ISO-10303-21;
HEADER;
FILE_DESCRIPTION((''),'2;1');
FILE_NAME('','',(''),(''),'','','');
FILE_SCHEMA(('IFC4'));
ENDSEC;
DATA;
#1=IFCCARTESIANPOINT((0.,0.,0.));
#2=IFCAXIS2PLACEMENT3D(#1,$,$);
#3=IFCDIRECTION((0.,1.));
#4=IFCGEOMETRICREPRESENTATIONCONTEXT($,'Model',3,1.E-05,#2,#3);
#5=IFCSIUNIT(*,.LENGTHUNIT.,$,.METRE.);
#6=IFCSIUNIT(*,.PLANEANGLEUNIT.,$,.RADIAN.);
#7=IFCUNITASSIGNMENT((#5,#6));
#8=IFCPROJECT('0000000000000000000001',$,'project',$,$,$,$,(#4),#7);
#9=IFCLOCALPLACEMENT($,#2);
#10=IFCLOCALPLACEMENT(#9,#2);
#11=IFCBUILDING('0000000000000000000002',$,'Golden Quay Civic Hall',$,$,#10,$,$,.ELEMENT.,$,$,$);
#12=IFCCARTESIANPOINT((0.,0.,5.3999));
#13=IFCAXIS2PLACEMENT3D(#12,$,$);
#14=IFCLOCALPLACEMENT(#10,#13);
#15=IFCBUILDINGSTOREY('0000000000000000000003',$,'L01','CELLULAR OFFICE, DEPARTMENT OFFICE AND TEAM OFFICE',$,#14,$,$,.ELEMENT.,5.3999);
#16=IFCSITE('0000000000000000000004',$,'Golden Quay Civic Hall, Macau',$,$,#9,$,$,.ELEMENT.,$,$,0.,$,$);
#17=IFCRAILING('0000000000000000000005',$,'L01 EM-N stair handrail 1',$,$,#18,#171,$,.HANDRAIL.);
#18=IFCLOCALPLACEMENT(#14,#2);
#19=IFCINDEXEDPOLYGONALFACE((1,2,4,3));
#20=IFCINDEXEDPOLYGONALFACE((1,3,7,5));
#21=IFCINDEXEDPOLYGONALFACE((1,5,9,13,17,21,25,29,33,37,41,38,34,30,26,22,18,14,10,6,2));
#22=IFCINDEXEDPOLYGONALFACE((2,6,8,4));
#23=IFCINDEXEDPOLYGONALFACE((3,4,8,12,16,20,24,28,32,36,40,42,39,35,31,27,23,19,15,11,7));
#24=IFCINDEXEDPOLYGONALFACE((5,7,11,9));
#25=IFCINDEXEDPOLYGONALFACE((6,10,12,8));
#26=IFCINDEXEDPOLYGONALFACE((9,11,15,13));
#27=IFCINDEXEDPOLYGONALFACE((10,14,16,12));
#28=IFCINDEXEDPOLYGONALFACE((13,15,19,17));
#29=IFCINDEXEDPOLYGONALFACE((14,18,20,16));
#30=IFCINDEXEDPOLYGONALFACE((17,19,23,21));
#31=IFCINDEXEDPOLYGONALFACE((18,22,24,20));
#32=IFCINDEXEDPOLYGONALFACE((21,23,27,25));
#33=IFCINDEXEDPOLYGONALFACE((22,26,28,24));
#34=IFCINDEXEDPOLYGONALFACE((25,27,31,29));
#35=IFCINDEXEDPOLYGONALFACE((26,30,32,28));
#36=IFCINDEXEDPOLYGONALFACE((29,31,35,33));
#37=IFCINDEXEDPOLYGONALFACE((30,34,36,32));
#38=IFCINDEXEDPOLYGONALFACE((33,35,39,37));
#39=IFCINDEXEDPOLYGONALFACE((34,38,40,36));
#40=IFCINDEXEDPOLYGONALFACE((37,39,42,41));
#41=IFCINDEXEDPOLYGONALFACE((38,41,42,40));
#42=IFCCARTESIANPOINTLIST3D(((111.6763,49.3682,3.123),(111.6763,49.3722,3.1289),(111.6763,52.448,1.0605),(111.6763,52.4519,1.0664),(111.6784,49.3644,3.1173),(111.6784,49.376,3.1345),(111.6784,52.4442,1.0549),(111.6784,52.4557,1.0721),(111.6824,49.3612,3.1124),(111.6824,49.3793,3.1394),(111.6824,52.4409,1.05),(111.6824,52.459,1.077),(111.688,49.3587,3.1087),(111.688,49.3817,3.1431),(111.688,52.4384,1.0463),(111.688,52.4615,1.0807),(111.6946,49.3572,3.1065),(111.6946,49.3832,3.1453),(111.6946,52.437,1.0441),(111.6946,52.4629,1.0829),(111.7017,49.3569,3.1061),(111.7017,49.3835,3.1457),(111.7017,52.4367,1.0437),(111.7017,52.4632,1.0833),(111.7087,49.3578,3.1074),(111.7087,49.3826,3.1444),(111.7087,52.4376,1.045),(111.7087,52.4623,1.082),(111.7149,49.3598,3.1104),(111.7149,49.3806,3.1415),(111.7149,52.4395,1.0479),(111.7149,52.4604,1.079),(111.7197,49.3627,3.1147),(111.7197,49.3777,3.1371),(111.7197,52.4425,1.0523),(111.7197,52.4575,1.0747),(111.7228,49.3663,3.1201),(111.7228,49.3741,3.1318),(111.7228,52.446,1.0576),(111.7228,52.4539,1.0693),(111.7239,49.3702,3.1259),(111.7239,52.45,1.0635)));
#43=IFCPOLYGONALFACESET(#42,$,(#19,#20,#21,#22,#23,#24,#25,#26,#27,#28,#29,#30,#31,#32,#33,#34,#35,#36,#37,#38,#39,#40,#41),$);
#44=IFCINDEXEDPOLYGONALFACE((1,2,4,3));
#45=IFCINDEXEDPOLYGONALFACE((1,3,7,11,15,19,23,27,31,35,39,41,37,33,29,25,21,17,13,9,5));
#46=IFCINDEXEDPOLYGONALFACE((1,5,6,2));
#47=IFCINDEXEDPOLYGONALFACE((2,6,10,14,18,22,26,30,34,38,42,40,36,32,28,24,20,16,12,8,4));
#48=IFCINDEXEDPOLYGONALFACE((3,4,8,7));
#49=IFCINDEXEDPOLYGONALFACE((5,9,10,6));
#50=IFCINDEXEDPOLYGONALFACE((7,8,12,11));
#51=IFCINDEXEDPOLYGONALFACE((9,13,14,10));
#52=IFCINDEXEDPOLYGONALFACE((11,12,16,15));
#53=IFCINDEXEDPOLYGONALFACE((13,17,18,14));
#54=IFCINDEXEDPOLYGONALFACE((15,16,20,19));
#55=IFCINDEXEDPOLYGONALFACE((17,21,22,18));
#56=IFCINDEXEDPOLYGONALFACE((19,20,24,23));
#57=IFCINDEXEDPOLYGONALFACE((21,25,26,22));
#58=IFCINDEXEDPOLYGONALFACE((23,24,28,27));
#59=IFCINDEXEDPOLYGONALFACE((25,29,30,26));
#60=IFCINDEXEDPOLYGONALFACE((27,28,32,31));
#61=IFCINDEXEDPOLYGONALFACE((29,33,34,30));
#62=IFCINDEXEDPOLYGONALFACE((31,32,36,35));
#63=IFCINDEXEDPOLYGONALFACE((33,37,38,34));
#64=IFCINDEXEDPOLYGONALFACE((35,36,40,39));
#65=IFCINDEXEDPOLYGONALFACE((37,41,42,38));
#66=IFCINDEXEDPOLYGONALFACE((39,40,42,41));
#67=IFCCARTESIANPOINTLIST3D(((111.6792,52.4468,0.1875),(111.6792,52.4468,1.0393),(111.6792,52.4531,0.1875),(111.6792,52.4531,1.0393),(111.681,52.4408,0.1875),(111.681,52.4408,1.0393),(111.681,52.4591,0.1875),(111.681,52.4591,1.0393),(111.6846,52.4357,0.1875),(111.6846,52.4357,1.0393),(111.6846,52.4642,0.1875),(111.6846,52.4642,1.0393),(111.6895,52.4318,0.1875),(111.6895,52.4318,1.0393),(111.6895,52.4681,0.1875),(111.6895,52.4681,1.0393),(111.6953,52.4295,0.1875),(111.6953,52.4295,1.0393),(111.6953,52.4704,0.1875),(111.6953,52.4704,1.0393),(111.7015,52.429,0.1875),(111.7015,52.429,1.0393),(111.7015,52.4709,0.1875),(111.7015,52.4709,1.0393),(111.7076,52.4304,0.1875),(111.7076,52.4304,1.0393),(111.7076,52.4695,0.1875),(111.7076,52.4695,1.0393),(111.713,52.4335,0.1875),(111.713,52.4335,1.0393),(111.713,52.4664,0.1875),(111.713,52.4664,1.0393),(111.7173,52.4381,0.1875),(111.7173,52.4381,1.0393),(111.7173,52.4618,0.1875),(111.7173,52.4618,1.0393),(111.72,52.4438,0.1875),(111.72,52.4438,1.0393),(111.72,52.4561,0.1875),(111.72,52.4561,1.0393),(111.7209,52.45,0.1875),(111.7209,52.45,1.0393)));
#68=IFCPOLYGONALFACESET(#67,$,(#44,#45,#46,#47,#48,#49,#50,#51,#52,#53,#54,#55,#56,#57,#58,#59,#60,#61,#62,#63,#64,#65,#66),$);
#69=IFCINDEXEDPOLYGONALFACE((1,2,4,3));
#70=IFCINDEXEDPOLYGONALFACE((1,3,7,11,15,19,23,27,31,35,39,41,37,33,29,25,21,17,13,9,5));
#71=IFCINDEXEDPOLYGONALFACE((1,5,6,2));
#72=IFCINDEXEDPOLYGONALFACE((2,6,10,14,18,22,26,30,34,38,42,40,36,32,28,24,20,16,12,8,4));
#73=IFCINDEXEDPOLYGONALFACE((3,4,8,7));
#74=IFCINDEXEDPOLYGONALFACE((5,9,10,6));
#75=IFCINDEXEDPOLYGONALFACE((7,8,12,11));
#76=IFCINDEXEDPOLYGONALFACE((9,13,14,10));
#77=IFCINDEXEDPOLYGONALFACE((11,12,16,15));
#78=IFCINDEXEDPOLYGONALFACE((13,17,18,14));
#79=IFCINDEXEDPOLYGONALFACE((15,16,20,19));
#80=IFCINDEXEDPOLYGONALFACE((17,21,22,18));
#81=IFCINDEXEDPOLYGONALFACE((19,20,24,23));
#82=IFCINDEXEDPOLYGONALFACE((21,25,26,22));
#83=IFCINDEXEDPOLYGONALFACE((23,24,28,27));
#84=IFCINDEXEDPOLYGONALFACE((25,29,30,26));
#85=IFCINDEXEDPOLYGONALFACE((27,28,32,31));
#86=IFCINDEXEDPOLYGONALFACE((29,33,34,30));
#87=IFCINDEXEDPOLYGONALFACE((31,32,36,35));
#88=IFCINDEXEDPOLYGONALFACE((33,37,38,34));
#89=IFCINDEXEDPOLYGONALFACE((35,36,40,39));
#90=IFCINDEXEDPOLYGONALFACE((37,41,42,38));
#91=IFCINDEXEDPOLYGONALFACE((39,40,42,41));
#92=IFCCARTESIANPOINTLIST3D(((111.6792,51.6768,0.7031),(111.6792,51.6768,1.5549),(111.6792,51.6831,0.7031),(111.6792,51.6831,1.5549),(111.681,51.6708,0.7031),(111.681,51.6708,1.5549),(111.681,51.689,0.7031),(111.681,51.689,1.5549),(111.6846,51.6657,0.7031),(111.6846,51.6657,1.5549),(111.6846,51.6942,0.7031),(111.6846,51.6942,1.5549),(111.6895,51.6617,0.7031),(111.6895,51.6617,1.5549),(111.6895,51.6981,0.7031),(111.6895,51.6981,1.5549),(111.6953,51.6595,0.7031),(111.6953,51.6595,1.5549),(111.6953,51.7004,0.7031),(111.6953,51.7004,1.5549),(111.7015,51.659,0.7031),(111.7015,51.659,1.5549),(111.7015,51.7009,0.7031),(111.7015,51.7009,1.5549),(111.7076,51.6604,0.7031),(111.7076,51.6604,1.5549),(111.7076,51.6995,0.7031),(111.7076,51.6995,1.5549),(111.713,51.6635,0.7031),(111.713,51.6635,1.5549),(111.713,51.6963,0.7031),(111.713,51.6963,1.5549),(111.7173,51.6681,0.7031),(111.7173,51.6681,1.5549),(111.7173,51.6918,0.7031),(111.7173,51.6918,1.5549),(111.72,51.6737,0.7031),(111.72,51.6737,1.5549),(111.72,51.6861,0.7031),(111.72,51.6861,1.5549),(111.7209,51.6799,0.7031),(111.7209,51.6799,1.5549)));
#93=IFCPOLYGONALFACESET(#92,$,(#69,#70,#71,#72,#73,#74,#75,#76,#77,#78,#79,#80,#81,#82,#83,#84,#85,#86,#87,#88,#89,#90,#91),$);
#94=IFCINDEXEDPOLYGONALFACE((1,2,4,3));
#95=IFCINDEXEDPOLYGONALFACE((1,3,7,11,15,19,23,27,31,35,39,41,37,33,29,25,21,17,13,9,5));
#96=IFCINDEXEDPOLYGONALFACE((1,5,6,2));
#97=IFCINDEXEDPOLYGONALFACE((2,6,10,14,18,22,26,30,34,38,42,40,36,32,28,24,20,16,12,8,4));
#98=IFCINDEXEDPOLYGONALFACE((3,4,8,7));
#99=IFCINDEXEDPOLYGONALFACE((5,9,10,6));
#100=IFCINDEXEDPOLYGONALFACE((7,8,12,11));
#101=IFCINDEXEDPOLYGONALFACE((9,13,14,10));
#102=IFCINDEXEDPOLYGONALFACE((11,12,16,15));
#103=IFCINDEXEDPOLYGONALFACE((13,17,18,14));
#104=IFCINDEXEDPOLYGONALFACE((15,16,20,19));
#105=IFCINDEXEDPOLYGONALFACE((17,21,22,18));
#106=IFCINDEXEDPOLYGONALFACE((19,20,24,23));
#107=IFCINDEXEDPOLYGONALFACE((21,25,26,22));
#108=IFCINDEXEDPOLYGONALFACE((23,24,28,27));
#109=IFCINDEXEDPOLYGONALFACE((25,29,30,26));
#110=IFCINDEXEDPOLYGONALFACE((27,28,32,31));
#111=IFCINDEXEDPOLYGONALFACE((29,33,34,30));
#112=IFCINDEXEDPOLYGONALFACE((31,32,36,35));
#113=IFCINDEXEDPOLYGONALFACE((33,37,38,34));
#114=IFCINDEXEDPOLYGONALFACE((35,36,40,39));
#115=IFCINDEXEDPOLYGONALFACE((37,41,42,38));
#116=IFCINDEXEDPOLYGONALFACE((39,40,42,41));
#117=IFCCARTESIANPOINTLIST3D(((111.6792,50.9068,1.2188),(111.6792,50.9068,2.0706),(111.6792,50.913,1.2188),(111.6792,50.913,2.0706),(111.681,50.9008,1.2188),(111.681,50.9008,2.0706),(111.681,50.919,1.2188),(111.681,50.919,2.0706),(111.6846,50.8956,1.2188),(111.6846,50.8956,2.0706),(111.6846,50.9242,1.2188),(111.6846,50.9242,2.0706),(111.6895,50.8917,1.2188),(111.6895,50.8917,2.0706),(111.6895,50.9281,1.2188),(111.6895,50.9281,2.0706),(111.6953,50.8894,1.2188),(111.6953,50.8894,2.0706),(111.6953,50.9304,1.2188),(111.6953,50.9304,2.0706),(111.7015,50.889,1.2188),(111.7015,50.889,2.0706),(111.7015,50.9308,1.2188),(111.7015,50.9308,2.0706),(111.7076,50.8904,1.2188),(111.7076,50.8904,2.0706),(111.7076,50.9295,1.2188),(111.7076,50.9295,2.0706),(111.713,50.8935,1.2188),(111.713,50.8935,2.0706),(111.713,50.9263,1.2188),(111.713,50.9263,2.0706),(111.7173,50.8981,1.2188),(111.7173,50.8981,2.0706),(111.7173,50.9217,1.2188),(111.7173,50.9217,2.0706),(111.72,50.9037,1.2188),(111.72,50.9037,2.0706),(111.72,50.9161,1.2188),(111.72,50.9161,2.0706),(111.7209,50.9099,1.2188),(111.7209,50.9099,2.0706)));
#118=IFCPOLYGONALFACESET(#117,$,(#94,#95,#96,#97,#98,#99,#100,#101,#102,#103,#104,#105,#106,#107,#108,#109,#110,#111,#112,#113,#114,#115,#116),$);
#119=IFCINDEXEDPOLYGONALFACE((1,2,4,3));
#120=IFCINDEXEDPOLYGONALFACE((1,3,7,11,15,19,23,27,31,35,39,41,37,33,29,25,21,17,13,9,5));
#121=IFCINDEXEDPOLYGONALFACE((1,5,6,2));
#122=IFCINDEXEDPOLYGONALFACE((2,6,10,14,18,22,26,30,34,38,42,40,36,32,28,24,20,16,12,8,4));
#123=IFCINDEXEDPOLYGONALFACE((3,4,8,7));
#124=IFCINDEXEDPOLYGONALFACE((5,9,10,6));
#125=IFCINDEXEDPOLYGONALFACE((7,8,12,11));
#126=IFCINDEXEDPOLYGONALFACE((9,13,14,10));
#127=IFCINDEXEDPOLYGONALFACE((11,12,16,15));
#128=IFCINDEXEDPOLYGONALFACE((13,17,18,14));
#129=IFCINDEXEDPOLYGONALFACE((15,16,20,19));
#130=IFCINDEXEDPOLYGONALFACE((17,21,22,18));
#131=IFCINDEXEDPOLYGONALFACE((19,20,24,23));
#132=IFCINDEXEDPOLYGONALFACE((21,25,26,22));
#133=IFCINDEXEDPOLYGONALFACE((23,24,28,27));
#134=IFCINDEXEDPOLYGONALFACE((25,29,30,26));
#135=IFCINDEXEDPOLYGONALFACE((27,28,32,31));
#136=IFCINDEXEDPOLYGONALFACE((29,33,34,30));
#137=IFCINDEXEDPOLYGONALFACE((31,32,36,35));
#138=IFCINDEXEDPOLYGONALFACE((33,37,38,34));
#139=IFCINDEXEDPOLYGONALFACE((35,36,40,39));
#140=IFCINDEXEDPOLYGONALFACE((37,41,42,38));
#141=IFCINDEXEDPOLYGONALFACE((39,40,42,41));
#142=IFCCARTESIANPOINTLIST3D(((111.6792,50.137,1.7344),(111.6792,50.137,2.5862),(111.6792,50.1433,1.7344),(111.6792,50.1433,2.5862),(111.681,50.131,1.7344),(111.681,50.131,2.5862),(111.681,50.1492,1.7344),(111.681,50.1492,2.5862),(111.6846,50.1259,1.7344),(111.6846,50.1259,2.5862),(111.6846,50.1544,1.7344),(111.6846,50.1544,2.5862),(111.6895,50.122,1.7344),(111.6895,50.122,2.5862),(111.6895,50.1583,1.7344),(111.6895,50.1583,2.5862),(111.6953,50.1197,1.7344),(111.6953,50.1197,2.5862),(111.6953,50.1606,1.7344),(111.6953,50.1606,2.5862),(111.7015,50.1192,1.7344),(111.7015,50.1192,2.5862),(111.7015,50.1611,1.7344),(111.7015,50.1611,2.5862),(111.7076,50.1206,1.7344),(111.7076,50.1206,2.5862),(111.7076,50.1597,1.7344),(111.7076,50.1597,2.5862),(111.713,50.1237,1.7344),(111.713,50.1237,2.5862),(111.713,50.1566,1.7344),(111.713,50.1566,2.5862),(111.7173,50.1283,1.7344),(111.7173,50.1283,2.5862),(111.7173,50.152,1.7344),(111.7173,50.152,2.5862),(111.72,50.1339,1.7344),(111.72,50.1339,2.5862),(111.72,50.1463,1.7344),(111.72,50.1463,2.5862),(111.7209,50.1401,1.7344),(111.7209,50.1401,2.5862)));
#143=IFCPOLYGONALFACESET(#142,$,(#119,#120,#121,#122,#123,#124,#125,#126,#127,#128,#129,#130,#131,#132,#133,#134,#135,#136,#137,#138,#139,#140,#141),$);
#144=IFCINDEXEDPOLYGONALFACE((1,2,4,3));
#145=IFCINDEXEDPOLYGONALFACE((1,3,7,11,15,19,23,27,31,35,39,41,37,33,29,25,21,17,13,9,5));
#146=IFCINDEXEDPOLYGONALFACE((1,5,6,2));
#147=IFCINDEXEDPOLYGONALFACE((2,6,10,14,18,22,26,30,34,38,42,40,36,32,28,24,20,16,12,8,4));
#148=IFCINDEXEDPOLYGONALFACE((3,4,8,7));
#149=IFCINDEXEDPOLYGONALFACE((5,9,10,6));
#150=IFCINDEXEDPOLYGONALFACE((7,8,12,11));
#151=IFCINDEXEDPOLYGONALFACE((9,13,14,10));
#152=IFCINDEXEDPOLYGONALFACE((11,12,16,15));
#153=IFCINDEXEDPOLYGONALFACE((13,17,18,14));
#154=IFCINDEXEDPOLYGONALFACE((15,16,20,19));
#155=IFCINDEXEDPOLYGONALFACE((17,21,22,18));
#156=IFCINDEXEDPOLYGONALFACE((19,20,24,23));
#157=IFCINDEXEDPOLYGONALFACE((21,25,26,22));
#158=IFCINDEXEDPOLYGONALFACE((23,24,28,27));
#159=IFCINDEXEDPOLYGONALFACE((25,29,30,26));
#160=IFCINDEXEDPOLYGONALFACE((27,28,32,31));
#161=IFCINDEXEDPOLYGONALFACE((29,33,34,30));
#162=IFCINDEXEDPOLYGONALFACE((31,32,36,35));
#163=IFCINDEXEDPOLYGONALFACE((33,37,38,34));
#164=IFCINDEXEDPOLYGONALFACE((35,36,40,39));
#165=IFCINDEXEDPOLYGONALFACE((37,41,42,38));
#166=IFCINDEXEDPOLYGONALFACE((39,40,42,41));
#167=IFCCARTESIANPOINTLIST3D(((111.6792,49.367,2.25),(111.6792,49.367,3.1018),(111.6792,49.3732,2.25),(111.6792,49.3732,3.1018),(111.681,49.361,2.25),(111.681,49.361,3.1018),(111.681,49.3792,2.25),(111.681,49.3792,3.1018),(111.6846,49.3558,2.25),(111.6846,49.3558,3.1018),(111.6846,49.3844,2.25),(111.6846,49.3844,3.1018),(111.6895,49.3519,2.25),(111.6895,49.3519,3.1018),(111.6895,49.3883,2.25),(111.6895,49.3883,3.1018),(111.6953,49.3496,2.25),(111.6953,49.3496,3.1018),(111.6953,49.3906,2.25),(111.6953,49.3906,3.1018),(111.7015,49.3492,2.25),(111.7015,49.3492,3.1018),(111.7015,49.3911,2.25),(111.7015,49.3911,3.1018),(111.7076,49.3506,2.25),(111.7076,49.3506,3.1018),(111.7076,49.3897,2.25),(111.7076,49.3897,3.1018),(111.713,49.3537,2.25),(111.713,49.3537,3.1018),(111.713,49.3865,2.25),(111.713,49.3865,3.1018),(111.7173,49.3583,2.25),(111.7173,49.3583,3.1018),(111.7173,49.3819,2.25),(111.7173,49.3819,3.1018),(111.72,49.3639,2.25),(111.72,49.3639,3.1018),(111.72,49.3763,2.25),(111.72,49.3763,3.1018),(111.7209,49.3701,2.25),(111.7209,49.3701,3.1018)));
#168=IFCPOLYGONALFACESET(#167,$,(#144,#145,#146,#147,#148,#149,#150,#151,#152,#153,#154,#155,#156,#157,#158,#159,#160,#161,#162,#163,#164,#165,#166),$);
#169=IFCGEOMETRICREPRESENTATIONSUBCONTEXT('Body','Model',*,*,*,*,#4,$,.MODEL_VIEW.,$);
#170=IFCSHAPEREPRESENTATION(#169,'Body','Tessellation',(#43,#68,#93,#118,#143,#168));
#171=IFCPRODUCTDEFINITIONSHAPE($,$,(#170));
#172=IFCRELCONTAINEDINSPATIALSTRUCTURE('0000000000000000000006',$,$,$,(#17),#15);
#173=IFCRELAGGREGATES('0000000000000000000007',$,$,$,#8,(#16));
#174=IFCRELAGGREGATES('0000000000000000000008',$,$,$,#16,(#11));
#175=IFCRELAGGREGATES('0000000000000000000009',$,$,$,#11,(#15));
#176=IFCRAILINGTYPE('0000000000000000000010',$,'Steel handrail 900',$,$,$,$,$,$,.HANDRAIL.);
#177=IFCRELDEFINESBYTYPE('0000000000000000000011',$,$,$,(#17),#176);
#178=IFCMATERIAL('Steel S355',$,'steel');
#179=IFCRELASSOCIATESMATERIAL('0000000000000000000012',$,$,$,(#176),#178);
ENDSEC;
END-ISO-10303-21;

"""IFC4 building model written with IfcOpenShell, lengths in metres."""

from ifc_helpers import new_model, si_unit, direction, frame, origin, origin_2d, place, context, subcontext, project, spatial, circle, extrude, material, type_object, element, save


model = new_model("IFC4")

# Units and contexts
model_context = context("Model", 3, precision=1e-05, world=origin(), true_north=direction((0.0, 1.0)))
body_context = subcontext(model_context, "Body", "Model", "MODEL_VIEW")
ifc_project = project(units=[si_unit("LENGTHUNIT", "METRE"), si_unit("PLANEANGLEUNIT", "RADIAN")], contexts=[model_context])

# Site, building, storey
site_placement = place(None, origin())
site = spatial("IfcSite", under=ifc_project, at=site_placement, Name="Golden Quay Civic Hall, Macau", CompositionType="ELEMENT", RefElevation=0.0)
building_placement = place(site_placement, origin())
building = spatial("IfcBuilding", under=site, at=building_placement, Name="Golden Quay Civic Hall", CompositionType="ELEMENT")
storey_placement = place(building_placement, frame((0.0, 0.0, 5.3999)))
storey = spatial("IfcBuildingStorey", under=building, at=storey_placement, Name="L01", Description="CELLULAR OFFICE, DEPARTMENT OFFICE AND TEAM OFFICE", CompositionType="ELEMENT", Elevation=5.3999)

# Railing
ifc_material_1 = material(Name="Steel S355", Category="steel")
railing_type_1 = type_object("IfcRailingType", Name="Steel handrail 900", PredefinedType="HANDRAIL", material=ifc_material_1)
railing_1_placement = place(storey_placement, frame((111.7, 52.45, 0.1875)))
element("IfcRailing", 1, at=railing_1_placement, inside=storey, type_object=railing_type_1, Name="L01 EM-N stair handrail 1", PredefinedType="HANDRAIL", context=body_context, shape_type="SweptSolid", body=[
    extrude(circle(Radius=0.0239, at=origin_2d()), frame((0.0, 0.0, 0.876), z_axis=(0.0, -0.830893, 0.556432), x_axis=(1.0, 0.0, 0.0)), (0.0, 0.0, 1.0), 3.7065),
    extrude(circle(Radius=0.021, at=origin_2d()), origin(), (0.0, 0.0, 1.0), 0.8518),
    extrude(circle(Radius=0.021, at=origin_2d()), frame((0.0, -0.77, 0.5156)), (0.0, 0.0, 1.0), 0.8518),
    extrude(circle(Radius=0.021, at=origin_2d()), frame((0.0, -1.54, 1.0312)), (0.0, 0.0, 1.0), 0.8518),
    extrude(circle(Radius=0.021, at=origin_2d()), frame((0.0, -2.3098, 1.5469)), (0.0, 0.0, 1.0), 0.8518),
    extrude(circle(Radius=0.021, at=origin_2d()), frame((0.0, -3.0798, 2.0625)), (0.0, 0.0, 1.0), 0.8518),
])

save(model, "model.ifc")
